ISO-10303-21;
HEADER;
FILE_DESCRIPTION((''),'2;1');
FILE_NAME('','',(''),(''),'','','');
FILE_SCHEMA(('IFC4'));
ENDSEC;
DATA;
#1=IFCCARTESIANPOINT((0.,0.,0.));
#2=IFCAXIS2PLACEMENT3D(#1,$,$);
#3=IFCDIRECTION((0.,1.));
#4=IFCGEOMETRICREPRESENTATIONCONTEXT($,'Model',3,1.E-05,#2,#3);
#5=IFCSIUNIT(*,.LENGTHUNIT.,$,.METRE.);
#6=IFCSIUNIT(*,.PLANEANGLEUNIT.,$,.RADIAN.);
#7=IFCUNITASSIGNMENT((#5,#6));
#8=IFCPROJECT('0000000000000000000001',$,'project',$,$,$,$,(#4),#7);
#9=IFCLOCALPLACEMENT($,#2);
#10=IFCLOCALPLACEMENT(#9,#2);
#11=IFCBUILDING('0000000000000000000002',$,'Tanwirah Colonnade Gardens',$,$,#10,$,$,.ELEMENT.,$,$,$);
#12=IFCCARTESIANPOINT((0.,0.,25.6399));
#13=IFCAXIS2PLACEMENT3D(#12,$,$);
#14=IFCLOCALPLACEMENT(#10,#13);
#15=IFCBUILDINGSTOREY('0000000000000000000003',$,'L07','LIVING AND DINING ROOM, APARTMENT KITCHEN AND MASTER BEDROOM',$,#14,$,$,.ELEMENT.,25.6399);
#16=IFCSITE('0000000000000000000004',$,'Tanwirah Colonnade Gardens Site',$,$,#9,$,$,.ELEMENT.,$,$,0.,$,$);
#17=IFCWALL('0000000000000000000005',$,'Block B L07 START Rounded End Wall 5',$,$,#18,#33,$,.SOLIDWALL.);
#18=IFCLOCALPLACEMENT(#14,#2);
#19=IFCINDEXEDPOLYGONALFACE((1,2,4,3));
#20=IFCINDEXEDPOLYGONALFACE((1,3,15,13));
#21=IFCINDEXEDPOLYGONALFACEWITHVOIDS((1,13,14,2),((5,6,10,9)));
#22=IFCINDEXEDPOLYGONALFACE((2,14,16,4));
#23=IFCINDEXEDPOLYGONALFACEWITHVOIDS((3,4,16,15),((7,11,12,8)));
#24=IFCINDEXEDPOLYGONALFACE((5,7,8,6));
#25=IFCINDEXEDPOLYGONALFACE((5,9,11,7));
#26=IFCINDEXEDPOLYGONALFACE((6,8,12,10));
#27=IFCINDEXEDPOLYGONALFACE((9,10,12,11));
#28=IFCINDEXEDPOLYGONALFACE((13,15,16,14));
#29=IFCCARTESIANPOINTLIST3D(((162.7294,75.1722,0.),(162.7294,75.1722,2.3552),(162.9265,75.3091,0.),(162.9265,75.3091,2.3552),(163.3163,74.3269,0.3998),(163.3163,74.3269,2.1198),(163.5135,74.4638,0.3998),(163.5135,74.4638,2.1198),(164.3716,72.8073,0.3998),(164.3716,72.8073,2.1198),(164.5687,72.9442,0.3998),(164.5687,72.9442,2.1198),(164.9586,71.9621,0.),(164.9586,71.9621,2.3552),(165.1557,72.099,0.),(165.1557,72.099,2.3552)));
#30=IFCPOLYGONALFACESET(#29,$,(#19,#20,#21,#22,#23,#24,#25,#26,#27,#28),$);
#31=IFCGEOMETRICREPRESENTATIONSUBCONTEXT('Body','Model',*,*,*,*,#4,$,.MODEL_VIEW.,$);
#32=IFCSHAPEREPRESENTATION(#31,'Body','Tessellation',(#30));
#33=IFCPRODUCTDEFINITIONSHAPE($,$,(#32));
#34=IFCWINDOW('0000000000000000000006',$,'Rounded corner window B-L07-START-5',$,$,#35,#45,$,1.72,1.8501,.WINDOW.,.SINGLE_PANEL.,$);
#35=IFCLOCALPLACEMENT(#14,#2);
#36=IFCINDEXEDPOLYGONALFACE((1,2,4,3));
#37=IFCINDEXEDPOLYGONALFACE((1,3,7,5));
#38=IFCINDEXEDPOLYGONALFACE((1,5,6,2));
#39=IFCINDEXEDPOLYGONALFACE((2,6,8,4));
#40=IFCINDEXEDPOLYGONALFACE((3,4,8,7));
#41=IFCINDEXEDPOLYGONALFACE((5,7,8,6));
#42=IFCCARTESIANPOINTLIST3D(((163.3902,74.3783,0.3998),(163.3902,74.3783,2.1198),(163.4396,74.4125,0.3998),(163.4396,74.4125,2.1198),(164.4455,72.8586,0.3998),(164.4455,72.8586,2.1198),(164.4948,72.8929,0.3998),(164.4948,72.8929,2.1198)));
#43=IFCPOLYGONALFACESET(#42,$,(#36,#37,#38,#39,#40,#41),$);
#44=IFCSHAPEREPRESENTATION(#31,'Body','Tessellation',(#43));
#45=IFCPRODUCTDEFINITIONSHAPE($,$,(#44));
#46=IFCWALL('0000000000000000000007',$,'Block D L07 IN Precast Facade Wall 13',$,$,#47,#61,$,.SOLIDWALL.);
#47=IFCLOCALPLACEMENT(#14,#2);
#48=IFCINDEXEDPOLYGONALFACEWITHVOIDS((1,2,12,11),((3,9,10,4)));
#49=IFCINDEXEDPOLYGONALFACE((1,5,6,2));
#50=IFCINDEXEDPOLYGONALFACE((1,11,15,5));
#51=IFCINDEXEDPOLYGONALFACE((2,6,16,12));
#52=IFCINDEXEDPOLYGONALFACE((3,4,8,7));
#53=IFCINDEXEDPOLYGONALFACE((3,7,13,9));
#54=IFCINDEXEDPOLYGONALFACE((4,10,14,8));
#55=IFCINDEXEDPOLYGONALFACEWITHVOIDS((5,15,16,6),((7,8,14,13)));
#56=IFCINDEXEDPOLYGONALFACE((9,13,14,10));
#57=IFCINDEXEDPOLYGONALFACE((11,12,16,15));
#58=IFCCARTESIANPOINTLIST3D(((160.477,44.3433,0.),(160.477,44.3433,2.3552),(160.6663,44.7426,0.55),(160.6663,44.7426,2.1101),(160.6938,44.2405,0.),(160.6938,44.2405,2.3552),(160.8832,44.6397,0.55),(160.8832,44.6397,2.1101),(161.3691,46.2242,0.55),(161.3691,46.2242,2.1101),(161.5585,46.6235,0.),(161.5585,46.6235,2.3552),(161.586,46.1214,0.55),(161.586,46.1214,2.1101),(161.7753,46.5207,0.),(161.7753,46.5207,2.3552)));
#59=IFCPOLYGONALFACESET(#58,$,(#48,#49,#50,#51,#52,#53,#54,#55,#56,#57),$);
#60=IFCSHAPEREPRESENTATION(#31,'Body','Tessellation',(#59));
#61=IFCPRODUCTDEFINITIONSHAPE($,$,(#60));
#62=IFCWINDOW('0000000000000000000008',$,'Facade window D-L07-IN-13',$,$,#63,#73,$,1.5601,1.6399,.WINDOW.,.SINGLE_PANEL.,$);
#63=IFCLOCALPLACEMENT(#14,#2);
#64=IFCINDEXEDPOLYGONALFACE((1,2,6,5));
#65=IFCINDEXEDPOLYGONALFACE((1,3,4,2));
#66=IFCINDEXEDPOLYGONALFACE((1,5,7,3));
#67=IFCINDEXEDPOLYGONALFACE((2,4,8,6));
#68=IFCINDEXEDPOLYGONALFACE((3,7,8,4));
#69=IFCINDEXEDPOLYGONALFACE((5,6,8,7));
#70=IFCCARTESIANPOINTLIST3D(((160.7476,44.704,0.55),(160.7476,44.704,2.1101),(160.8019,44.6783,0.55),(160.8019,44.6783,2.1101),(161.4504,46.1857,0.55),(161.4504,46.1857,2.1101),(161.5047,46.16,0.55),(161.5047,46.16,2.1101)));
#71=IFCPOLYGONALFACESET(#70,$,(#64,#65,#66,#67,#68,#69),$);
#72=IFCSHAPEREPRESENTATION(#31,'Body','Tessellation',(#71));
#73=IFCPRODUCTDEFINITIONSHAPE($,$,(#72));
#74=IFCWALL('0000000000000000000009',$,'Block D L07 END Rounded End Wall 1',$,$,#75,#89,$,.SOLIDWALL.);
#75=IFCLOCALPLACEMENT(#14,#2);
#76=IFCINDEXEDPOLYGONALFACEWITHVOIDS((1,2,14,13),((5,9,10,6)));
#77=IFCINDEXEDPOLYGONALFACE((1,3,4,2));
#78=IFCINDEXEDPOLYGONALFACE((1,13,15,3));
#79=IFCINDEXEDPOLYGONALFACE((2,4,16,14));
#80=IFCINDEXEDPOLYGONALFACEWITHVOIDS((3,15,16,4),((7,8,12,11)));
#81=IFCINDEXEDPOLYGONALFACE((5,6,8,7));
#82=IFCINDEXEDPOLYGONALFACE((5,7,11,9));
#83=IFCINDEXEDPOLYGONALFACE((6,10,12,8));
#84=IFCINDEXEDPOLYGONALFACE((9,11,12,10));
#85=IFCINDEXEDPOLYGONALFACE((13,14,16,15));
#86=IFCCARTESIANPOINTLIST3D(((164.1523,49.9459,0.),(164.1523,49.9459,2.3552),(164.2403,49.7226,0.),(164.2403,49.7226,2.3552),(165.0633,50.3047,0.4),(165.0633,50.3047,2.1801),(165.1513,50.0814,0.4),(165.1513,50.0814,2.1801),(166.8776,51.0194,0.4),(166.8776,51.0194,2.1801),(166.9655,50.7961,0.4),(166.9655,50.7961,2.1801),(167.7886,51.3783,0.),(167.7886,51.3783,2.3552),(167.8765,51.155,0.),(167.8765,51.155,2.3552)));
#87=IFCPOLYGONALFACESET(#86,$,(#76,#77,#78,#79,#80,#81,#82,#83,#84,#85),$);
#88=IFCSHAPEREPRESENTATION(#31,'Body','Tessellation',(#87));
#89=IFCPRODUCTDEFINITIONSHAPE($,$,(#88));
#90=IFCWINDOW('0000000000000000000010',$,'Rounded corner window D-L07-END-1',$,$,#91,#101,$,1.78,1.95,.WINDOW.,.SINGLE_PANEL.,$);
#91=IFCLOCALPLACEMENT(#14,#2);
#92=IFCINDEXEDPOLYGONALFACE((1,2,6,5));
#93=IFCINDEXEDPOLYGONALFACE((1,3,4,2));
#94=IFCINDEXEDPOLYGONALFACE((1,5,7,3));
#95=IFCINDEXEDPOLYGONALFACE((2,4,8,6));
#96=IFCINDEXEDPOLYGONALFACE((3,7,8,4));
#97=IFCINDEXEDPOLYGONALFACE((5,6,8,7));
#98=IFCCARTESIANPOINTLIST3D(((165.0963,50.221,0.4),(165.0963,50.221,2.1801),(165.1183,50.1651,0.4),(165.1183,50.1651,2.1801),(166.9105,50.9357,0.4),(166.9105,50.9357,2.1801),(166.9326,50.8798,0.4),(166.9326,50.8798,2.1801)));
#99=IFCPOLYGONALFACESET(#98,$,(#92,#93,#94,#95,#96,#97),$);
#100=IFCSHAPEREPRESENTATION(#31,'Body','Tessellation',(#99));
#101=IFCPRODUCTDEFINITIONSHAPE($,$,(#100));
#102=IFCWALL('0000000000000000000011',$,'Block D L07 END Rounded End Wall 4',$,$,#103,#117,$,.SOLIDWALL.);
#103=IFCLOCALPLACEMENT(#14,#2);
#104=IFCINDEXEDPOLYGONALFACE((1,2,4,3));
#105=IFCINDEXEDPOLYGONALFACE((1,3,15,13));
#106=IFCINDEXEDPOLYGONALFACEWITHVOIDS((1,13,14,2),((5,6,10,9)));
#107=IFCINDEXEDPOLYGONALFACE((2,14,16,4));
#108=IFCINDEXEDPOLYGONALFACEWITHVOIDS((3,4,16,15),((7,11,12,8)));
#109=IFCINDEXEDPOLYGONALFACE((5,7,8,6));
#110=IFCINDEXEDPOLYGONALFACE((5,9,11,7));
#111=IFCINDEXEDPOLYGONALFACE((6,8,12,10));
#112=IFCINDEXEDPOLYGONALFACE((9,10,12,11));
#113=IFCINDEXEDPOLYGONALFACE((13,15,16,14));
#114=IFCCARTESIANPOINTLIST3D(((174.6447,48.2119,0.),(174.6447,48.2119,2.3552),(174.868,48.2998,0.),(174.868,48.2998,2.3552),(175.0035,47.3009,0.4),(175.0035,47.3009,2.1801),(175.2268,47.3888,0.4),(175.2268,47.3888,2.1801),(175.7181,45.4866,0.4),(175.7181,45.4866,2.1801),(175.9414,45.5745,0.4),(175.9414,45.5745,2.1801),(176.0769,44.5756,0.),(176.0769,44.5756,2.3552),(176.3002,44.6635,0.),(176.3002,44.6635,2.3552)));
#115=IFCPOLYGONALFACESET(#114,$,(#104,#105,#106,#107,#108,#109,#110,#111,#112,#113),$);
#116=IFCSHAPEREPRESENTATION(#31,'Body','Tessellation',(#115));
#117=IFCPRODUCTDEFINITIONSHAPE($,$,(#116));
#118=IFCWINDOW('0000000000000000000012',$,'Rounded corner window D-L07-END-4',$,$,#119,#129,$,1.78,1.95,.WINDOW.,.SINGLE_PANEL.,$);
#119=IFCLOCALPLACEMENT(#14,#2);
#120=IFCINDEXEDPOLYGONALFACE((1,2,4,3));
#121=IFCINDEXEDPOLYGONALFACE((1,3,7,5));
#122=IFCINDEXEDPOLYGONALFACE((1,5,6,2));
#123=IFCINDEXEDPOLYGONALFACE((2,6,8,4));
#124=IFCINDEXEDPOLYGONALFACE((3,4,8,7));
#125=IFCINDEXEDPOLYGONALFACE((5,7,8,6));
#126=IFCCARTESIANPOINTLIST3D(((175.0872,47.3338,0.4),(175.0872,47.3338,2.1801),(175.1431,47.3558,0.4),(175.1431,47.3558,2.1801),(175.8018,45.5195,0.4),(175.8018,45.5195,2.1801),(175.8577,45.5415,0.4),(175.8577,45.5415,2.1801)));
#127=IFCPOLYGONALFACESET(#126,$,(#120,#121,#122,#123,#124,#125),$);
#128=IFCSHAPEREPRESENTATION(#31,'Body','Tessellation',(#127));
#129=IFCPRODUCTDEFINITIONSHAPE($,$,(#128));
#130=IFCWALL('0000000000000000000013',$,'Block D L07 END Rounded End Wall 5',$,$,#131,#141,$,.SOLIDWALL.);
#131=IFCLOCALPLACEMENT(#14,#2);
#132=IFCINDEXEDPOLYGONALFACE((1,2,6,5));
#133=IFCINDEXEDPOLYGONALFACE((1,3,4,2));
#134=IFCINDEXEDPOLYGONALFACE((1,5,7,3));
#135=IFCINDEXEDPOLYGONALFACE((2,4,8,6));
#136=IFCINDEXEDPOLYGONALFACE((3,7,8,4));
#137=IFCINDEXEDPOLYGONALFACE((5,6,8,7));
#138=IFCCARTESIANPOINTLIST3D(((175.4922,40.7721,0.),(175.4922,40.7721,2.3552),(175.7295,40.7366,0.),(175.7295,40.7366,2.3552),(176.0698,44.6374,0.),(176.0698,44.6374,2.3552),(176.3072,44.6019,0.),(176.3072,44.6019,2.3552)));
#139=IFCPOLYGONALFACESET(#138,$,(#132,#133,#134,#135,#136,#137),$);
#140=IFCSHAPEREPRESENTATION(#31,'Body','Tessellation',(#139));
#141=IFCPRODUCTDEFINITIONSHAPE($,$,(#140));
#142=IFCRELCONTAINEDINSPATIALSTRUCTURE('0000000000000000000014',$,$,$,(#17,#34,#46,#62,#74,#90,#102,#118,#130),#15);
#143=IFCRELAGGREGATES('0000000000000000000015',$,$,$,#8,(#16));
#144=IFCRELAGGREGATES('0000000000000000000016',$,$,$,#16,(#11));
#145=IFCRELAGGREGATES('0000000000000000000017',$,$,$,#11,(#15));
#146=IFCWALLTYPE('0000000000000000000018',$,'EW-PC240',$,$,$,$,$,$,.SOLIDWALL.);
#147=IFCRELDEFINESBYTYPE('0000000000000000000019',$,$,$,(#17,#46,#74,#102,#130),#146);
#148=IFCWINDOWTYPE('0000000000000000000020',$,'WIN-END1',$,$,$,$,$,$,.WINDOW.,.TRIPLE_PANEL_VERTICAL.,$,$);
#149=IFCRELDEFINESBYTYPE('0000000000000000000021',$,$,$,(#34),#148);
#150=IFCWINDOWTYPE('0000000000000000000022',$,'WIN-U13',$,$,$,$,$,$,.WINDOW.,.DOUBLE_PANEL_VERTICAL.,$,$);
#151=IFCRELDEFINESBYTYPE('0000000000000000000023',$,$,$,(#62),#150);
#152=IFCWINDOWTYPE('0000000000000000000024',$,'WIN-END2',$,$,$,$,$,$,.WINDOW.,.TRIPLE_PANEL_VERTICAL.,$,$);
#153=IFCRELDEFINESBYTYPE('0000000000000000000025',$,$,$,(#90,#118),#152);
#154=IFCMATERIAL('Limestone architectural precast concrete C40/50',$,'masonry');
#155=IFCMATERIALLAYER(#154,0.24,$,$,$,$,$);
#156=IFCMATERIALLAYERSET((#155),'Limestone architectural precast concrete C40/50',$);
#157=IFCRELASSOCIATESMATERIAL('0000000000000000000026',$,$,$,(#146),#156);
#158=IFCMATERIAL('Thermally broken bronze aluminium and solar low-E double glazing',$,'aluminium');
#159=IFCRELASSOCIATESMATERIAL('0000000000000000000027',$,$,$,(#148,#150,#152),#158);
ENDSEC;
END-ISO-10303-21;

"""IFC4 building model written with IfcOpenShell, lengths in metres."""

from ifc_helpers import new_model, si_unit, direction, frame, frame_2d, origin, place, context, subcontext, project, spatial, rectangle, extrude, material, layer, layer_set, type_object, element, fill, save


model = new_model("IFC4")

# Units and contexts
model_context = context("Model", 3, precision=1e-05, world=origin(), true_north=direction((0.0, 1.0)))
body_context = subcontext(model_context, "Body", "Model", "MODEL_VIEW")
ifc_project = project(units=[si_unit("LENGTHUNIT", "METRE"), si_unit("PLANEANGLEUNIT", "RADIAN")], contexts=[model_context])

# Site, building, storey
site_placement = place(None, origin())
site = spatial("IfcSite", under=ifc_project, at=site_placement, Name="Tanwirah Colonnade Gardens Site", CompositionType="ELEMENT", RefElevation=0.0)
building_placement = place(site_placement, origin())
building = spatial("IfcBuilding", under=site, at=building_placement, Name="Tanwirah Colonnade Gardens", CompositionType="ELEMENT")
storey_placement = place(building_placement, frame((0.0, 0.0, 25.6399)))
storey = spatial("IfcBuildingStorey", under=building, at=storey_placement, Name="L07", Description="LIVING AND DINING ROOM, APARTMENT KITCHEN AND MASTER BEDROOM", CompositionType="ELEMENT", Elevation=25.6399)

# Shared definitions
ifc_material_1 = material(Name="Limestone architectural precast concrete C40/50", Category="masonry")
ifc_layer_1 = layer(ifc_material_1, 0.24)
ifc_layer_set_1 = layer_set([ifc_layer_1], Name="Limestone architectural precast concrete C40/50")
wall_type_1 = type_object("IfcWallType", Name="EW-PC240", PredefinedType="SOLIDWALL", material=ifc_layer_set_1)
ifc_material_2 = material(Name="Thermally broken bronze aluminium and solar low-E double glazing", Category="aluminium")

# Walls, openings, windows
wall_1_placement = place(storey_placement, frame((165.0571, 72.0305, 0.0), z_axis=(0.0, 0.0, 1.0), x_axis=(-0.570385, 0.821377, 0.0)))
wall_1 = element("IfcWall", 1, at=wall_1_placement, inside=storey, type_object=wall_type_1, Name="Block B L07 START Rounded End Wall 5", PredefinedType="SOLIDWALL", context=body_context, shape_type="SweptSolid", body=[
    extrude(rectangle(XDim=3.9082, YDim=0.24, at=frame_2d((1.9541, 0.0))), origin(), (0.0, 0.0, 1.0), 2.3552),
])
opening_1_placement = place(wall_1_placement, frame((1.0291, 0.0, 0.3999)))
opening_1 = element("IfcOpeningElement", 2, at=opening_1_placement, cuts=wall_1, PredefinedType="OPENING", context=body_context, shape_type="SweptSolid", body=[
    extrude(rectangle(XDim=1.8501, YDim=1.72, at=frame_2d((0.925, 0.8599))), frame((0.0, 0.1299, 0.0), z_axis=(0.0, -1.0, 0.0), x_axis=(1.0, 0.0, 0.0)), (0.0, 0.0, 1.0), 0.26),
])
window_type_1 = type_object("IfcWindowType", Name="WIN-END1", PartitioningType="TRIPLE_PANEL_VERTICAL", PredefinedType="WINDOW", material=ifc_material_2)
window_1_placement = place(opening_1_placement, origin())
window_1 = element("IfcWindow", 3, at=window_1_placement, inside=storey, type_object=window_type_1, Name="Rounded corner window B-L07-START-5", OverallHeight=1.72, OverallWidth=1.8501, PartitioningType="SINGLE_PANEL", PredefinedType="WINDOW", context=body_context, shape_type="SweptSolid", body=[
    extrude(rectangle(XDim=1.8501, YDim=1.72, at=frame_2d((0.925, 0.8599))), frame((0.0, 0.03, 0.0), z_axis=(0.0, -1.0, 0.0), x_axis=(1.0, 0.0, 0.0)), (0.0, 0.0, 1.0), 0.0601),
])
fill(opening_1, window_1)
wall_2_placement = place(storey_placement, frame((160.5854, 44.292, 0.0), z_axis=(0.0, 0.0, 1.0), x_axis=(0.428544, 0.903521, 0.0)))
wall_2 = element("IfcWall", 4, at=wall_2_placement, inside=storey, type_object=wall_type_1, Name="Block D L07 IN Precast Facade Wall 13", PredefinedType="SOLIDWALL", context=body_context, shape_type="SweptSolid", body=[
    extrude(rectangle(XDim=2.5237, YDim=0.24, at=frame_2d((1.2617, 0.0))), origin(), (0.0, 0.0, 1.0), 2.3552),
])
opening_2_placement = place(wall_2_placement, frame((0.4419, 0.0, 0.55)))
opening_2 = element("IfcOpeningElement", 5, at=opening_2_placement, cuts=wall_2, PredefinedType="OPENING", context=body_context, shape_type="SweptSolid", body=[
    extrude(rectangle(XDim=1.6399, YDim=1.5601, at=frame_2d((0.8198, 0.78))), frame((0.0, 0.1299, 0.0), z_axis=(0.0, -1.0, 0.0), x_axis=(1.0, 0.0, 0.0)), (0.0, 0.0, 1.0), 0.26),
])
window_type_2 = type_object("IfcWindowType", Name="WIN-U13", PartitioningType="DOUBLE_PANEL_VERTICAL", PredefinedType="WINDOW", material=ifc_material_2)
window_2_placement = place(opening_2_placement, origin())
window_2 = element("IfcWindow", 6, at=window_2_placement, inside=storey, type_object=window_type_2, Name="Facade window D-L07-IN-13", OverallHeight=1.5601, OverallWidth=1.6399, PartitioningType="SINGLE_PANEL", PredefinedType="WINDOW", context=body_context, shape_type="SweptSolid", body=[
    extrude(rectangle(XDim=1.6399, YDim=1.5601, at=frame_2d((0.8198, 0.78))), frame((0.0, 0.03, 0.0), z_axis=(0.0, -1.0, 0.0), x_axis=(1.0, 0.0, 0.0)), (0.0, 0.0, 1.0), 0.0601),
])
fill(opening_2, window_2)
wall_3_placement = place(storey_placement, frame((164.1963, 49.8342, 0.0), z_axis=(0.0, 0.0, 1.0), x_axis=(0.930415, 0.366506, 0.0)))
wall_3 = element("IfcWall", 7, at=wall_3_placement, inside=storey, type_object=wall_type_1, Name="Block D L07 END Rounded End Wall 1", PredefinedType="SOLIDWALL", context=body_context, shape_type="SweptSolid", body=[
    extrude(rectangle(XDim=3.9082, YDim=0.24, at=frame_2d((1.9541, 0.0))), origin(), (0.0, 0.0, 1.0), 2.3552),
])
opening_3_placement = place(wall_3_placement, frame((0.979, 0.0, 0.3999)))
opening_3 = element("IfcOpeningElement", 8, at=opening_3_placement, cuts=wall_3, PredefinedType="OPENING", context=body_context, shape_type="SweptSolid", body=[
    extrude(rectangle(XDim=1.95, YDim=1.78, at=frame_2d((0.9751, 0.8901))), frame((0.0, 0.1299, 0.0), z_axis=(0.0, -1.0, 0.0), x_axis=(1.0, 0.0, 0.0)), (0.0, 0.0, 1.0), 0.26),
])
window_type_3 = type_object("IfcWindowType", Name="WIN-END2", PartitioningType="TRIPLE_PANEL_VERTICAL", PredefinedType="WINDOW", material=ifc_material_2)
window_3_placement = place(opening_3_placement, origin())
window_3 = element("IfcWindow", 9, at=window_3_placement, inside=storey, type_object=window_type_3, Name="Rounded corner window D-L07-END-1", OverallHeight=1.78, OverallWidth=1.95, PartitioningType="SINGLE_PANEL", PredefinedType="WINDOW", context=body_context, shape_type="SweptSolid", body=[
    extrude(rectangle(XDim=1.95, YDim=1.78, at=frame_2d((0.9751, 0.8901))), frame((0.0, 0.03, 0.0), z_axis=(0.0, -1.0, 0.0), x_axis=(1.0, 0.0, 0.0)), (0.0, 0.0, 1.0), 0.0601),
])
fill(opening_3, window_3)

# Wall, opening, window
wall_4_placement = place(storey_placement, frame((174.7563, 48.2559, 0.0), z_axis=(0.0, 0.0, 1.0), x_axis=(0.366452, -0.930437, 0.0)))
wall_4 = element("IfcWall", 10, at=wall_4_placement, inside=storey, type_object=wall_type_1, Name="Block D L07 END Rounded End Wall 4", PredefinedType="SOLIDWALL", context=body_context, shape_type="SweptSolid", body=[
    extrude(rectangle(XDim=3.9082, YDim=0.24, at=frame_2d((1.9541, 0.0))), origin(), (0.0, 0.0, 1.0), 2.3552),
])
opening_4_placement = place(wall_4_placement, frame((0.979, 0.0, 0.3999)))
opening_4 = element("IfcOpeningElement", 11, at=opening_4_placement, cuts=wall_4, PredefinedType="OPENING", context=body_context, shape_type="SweptSolid", body=[
    extrude(rectangle(XDim=1.95, YDim=1.78, at=frame_2d((0.9751, 0.8901))), frame((0.0, 0.1299, 0.0), z_axis=(0.0, -1.0, 0.0), x_axis=(1.0, 0.0, 0.0)), (0.0, 0.0, 1.0), 0.26),
])
window_4_placement = place(opening_4_placement, origin())
window_4 = element("IfcWindow", 12, at=window_4_placement, inside=storey, type_object=window_type_3, Name="Rounded corner window D-L07-END-4", OverallHeight=1.78, OverallWidth=1.95, PartitioningType="SINGLE_PANEL", PredefinedType="WINDOW", context=body_context, shape_type="SweptSolid", body=[
    extrude(rectangle(XDim=1.95, YDim=1.78, at=frame_2d((0.9751, 0.8901))), frame((0.0, 0.03, 0.0), z_axis=(0.0, -1.0, 0.0), x_axis=(1.0, 0.0, 0.0)), (0.0, 0.0, 1.0), 0.0601),
])
fill(opening_4, window_4)

# Wall
wall_5_placement = place(storey_placement, frame((176.1885, 44.6196, 0.0), z_axis=(0.0, 0.0, 1.0), x_axis=(-0.147803, -0.989017, 0.0)))
element("IfcWall", 13, at=wall_5_placement, inside=storey, type_object=wall_type_1, Name="Block D L07 END Rounded End Wall 5", PredefinedType="SOLIDWALL", context=body_context, shape_type="SweptSolid", body=[
    extrude(rectangle(XDim=3.9082, YDim=0.24, at=frame_2d((1.9541, 0.0))), origin(), (0.0, 0.0, 1.0), 2.3552),
])

save(model, "model.ifc")
